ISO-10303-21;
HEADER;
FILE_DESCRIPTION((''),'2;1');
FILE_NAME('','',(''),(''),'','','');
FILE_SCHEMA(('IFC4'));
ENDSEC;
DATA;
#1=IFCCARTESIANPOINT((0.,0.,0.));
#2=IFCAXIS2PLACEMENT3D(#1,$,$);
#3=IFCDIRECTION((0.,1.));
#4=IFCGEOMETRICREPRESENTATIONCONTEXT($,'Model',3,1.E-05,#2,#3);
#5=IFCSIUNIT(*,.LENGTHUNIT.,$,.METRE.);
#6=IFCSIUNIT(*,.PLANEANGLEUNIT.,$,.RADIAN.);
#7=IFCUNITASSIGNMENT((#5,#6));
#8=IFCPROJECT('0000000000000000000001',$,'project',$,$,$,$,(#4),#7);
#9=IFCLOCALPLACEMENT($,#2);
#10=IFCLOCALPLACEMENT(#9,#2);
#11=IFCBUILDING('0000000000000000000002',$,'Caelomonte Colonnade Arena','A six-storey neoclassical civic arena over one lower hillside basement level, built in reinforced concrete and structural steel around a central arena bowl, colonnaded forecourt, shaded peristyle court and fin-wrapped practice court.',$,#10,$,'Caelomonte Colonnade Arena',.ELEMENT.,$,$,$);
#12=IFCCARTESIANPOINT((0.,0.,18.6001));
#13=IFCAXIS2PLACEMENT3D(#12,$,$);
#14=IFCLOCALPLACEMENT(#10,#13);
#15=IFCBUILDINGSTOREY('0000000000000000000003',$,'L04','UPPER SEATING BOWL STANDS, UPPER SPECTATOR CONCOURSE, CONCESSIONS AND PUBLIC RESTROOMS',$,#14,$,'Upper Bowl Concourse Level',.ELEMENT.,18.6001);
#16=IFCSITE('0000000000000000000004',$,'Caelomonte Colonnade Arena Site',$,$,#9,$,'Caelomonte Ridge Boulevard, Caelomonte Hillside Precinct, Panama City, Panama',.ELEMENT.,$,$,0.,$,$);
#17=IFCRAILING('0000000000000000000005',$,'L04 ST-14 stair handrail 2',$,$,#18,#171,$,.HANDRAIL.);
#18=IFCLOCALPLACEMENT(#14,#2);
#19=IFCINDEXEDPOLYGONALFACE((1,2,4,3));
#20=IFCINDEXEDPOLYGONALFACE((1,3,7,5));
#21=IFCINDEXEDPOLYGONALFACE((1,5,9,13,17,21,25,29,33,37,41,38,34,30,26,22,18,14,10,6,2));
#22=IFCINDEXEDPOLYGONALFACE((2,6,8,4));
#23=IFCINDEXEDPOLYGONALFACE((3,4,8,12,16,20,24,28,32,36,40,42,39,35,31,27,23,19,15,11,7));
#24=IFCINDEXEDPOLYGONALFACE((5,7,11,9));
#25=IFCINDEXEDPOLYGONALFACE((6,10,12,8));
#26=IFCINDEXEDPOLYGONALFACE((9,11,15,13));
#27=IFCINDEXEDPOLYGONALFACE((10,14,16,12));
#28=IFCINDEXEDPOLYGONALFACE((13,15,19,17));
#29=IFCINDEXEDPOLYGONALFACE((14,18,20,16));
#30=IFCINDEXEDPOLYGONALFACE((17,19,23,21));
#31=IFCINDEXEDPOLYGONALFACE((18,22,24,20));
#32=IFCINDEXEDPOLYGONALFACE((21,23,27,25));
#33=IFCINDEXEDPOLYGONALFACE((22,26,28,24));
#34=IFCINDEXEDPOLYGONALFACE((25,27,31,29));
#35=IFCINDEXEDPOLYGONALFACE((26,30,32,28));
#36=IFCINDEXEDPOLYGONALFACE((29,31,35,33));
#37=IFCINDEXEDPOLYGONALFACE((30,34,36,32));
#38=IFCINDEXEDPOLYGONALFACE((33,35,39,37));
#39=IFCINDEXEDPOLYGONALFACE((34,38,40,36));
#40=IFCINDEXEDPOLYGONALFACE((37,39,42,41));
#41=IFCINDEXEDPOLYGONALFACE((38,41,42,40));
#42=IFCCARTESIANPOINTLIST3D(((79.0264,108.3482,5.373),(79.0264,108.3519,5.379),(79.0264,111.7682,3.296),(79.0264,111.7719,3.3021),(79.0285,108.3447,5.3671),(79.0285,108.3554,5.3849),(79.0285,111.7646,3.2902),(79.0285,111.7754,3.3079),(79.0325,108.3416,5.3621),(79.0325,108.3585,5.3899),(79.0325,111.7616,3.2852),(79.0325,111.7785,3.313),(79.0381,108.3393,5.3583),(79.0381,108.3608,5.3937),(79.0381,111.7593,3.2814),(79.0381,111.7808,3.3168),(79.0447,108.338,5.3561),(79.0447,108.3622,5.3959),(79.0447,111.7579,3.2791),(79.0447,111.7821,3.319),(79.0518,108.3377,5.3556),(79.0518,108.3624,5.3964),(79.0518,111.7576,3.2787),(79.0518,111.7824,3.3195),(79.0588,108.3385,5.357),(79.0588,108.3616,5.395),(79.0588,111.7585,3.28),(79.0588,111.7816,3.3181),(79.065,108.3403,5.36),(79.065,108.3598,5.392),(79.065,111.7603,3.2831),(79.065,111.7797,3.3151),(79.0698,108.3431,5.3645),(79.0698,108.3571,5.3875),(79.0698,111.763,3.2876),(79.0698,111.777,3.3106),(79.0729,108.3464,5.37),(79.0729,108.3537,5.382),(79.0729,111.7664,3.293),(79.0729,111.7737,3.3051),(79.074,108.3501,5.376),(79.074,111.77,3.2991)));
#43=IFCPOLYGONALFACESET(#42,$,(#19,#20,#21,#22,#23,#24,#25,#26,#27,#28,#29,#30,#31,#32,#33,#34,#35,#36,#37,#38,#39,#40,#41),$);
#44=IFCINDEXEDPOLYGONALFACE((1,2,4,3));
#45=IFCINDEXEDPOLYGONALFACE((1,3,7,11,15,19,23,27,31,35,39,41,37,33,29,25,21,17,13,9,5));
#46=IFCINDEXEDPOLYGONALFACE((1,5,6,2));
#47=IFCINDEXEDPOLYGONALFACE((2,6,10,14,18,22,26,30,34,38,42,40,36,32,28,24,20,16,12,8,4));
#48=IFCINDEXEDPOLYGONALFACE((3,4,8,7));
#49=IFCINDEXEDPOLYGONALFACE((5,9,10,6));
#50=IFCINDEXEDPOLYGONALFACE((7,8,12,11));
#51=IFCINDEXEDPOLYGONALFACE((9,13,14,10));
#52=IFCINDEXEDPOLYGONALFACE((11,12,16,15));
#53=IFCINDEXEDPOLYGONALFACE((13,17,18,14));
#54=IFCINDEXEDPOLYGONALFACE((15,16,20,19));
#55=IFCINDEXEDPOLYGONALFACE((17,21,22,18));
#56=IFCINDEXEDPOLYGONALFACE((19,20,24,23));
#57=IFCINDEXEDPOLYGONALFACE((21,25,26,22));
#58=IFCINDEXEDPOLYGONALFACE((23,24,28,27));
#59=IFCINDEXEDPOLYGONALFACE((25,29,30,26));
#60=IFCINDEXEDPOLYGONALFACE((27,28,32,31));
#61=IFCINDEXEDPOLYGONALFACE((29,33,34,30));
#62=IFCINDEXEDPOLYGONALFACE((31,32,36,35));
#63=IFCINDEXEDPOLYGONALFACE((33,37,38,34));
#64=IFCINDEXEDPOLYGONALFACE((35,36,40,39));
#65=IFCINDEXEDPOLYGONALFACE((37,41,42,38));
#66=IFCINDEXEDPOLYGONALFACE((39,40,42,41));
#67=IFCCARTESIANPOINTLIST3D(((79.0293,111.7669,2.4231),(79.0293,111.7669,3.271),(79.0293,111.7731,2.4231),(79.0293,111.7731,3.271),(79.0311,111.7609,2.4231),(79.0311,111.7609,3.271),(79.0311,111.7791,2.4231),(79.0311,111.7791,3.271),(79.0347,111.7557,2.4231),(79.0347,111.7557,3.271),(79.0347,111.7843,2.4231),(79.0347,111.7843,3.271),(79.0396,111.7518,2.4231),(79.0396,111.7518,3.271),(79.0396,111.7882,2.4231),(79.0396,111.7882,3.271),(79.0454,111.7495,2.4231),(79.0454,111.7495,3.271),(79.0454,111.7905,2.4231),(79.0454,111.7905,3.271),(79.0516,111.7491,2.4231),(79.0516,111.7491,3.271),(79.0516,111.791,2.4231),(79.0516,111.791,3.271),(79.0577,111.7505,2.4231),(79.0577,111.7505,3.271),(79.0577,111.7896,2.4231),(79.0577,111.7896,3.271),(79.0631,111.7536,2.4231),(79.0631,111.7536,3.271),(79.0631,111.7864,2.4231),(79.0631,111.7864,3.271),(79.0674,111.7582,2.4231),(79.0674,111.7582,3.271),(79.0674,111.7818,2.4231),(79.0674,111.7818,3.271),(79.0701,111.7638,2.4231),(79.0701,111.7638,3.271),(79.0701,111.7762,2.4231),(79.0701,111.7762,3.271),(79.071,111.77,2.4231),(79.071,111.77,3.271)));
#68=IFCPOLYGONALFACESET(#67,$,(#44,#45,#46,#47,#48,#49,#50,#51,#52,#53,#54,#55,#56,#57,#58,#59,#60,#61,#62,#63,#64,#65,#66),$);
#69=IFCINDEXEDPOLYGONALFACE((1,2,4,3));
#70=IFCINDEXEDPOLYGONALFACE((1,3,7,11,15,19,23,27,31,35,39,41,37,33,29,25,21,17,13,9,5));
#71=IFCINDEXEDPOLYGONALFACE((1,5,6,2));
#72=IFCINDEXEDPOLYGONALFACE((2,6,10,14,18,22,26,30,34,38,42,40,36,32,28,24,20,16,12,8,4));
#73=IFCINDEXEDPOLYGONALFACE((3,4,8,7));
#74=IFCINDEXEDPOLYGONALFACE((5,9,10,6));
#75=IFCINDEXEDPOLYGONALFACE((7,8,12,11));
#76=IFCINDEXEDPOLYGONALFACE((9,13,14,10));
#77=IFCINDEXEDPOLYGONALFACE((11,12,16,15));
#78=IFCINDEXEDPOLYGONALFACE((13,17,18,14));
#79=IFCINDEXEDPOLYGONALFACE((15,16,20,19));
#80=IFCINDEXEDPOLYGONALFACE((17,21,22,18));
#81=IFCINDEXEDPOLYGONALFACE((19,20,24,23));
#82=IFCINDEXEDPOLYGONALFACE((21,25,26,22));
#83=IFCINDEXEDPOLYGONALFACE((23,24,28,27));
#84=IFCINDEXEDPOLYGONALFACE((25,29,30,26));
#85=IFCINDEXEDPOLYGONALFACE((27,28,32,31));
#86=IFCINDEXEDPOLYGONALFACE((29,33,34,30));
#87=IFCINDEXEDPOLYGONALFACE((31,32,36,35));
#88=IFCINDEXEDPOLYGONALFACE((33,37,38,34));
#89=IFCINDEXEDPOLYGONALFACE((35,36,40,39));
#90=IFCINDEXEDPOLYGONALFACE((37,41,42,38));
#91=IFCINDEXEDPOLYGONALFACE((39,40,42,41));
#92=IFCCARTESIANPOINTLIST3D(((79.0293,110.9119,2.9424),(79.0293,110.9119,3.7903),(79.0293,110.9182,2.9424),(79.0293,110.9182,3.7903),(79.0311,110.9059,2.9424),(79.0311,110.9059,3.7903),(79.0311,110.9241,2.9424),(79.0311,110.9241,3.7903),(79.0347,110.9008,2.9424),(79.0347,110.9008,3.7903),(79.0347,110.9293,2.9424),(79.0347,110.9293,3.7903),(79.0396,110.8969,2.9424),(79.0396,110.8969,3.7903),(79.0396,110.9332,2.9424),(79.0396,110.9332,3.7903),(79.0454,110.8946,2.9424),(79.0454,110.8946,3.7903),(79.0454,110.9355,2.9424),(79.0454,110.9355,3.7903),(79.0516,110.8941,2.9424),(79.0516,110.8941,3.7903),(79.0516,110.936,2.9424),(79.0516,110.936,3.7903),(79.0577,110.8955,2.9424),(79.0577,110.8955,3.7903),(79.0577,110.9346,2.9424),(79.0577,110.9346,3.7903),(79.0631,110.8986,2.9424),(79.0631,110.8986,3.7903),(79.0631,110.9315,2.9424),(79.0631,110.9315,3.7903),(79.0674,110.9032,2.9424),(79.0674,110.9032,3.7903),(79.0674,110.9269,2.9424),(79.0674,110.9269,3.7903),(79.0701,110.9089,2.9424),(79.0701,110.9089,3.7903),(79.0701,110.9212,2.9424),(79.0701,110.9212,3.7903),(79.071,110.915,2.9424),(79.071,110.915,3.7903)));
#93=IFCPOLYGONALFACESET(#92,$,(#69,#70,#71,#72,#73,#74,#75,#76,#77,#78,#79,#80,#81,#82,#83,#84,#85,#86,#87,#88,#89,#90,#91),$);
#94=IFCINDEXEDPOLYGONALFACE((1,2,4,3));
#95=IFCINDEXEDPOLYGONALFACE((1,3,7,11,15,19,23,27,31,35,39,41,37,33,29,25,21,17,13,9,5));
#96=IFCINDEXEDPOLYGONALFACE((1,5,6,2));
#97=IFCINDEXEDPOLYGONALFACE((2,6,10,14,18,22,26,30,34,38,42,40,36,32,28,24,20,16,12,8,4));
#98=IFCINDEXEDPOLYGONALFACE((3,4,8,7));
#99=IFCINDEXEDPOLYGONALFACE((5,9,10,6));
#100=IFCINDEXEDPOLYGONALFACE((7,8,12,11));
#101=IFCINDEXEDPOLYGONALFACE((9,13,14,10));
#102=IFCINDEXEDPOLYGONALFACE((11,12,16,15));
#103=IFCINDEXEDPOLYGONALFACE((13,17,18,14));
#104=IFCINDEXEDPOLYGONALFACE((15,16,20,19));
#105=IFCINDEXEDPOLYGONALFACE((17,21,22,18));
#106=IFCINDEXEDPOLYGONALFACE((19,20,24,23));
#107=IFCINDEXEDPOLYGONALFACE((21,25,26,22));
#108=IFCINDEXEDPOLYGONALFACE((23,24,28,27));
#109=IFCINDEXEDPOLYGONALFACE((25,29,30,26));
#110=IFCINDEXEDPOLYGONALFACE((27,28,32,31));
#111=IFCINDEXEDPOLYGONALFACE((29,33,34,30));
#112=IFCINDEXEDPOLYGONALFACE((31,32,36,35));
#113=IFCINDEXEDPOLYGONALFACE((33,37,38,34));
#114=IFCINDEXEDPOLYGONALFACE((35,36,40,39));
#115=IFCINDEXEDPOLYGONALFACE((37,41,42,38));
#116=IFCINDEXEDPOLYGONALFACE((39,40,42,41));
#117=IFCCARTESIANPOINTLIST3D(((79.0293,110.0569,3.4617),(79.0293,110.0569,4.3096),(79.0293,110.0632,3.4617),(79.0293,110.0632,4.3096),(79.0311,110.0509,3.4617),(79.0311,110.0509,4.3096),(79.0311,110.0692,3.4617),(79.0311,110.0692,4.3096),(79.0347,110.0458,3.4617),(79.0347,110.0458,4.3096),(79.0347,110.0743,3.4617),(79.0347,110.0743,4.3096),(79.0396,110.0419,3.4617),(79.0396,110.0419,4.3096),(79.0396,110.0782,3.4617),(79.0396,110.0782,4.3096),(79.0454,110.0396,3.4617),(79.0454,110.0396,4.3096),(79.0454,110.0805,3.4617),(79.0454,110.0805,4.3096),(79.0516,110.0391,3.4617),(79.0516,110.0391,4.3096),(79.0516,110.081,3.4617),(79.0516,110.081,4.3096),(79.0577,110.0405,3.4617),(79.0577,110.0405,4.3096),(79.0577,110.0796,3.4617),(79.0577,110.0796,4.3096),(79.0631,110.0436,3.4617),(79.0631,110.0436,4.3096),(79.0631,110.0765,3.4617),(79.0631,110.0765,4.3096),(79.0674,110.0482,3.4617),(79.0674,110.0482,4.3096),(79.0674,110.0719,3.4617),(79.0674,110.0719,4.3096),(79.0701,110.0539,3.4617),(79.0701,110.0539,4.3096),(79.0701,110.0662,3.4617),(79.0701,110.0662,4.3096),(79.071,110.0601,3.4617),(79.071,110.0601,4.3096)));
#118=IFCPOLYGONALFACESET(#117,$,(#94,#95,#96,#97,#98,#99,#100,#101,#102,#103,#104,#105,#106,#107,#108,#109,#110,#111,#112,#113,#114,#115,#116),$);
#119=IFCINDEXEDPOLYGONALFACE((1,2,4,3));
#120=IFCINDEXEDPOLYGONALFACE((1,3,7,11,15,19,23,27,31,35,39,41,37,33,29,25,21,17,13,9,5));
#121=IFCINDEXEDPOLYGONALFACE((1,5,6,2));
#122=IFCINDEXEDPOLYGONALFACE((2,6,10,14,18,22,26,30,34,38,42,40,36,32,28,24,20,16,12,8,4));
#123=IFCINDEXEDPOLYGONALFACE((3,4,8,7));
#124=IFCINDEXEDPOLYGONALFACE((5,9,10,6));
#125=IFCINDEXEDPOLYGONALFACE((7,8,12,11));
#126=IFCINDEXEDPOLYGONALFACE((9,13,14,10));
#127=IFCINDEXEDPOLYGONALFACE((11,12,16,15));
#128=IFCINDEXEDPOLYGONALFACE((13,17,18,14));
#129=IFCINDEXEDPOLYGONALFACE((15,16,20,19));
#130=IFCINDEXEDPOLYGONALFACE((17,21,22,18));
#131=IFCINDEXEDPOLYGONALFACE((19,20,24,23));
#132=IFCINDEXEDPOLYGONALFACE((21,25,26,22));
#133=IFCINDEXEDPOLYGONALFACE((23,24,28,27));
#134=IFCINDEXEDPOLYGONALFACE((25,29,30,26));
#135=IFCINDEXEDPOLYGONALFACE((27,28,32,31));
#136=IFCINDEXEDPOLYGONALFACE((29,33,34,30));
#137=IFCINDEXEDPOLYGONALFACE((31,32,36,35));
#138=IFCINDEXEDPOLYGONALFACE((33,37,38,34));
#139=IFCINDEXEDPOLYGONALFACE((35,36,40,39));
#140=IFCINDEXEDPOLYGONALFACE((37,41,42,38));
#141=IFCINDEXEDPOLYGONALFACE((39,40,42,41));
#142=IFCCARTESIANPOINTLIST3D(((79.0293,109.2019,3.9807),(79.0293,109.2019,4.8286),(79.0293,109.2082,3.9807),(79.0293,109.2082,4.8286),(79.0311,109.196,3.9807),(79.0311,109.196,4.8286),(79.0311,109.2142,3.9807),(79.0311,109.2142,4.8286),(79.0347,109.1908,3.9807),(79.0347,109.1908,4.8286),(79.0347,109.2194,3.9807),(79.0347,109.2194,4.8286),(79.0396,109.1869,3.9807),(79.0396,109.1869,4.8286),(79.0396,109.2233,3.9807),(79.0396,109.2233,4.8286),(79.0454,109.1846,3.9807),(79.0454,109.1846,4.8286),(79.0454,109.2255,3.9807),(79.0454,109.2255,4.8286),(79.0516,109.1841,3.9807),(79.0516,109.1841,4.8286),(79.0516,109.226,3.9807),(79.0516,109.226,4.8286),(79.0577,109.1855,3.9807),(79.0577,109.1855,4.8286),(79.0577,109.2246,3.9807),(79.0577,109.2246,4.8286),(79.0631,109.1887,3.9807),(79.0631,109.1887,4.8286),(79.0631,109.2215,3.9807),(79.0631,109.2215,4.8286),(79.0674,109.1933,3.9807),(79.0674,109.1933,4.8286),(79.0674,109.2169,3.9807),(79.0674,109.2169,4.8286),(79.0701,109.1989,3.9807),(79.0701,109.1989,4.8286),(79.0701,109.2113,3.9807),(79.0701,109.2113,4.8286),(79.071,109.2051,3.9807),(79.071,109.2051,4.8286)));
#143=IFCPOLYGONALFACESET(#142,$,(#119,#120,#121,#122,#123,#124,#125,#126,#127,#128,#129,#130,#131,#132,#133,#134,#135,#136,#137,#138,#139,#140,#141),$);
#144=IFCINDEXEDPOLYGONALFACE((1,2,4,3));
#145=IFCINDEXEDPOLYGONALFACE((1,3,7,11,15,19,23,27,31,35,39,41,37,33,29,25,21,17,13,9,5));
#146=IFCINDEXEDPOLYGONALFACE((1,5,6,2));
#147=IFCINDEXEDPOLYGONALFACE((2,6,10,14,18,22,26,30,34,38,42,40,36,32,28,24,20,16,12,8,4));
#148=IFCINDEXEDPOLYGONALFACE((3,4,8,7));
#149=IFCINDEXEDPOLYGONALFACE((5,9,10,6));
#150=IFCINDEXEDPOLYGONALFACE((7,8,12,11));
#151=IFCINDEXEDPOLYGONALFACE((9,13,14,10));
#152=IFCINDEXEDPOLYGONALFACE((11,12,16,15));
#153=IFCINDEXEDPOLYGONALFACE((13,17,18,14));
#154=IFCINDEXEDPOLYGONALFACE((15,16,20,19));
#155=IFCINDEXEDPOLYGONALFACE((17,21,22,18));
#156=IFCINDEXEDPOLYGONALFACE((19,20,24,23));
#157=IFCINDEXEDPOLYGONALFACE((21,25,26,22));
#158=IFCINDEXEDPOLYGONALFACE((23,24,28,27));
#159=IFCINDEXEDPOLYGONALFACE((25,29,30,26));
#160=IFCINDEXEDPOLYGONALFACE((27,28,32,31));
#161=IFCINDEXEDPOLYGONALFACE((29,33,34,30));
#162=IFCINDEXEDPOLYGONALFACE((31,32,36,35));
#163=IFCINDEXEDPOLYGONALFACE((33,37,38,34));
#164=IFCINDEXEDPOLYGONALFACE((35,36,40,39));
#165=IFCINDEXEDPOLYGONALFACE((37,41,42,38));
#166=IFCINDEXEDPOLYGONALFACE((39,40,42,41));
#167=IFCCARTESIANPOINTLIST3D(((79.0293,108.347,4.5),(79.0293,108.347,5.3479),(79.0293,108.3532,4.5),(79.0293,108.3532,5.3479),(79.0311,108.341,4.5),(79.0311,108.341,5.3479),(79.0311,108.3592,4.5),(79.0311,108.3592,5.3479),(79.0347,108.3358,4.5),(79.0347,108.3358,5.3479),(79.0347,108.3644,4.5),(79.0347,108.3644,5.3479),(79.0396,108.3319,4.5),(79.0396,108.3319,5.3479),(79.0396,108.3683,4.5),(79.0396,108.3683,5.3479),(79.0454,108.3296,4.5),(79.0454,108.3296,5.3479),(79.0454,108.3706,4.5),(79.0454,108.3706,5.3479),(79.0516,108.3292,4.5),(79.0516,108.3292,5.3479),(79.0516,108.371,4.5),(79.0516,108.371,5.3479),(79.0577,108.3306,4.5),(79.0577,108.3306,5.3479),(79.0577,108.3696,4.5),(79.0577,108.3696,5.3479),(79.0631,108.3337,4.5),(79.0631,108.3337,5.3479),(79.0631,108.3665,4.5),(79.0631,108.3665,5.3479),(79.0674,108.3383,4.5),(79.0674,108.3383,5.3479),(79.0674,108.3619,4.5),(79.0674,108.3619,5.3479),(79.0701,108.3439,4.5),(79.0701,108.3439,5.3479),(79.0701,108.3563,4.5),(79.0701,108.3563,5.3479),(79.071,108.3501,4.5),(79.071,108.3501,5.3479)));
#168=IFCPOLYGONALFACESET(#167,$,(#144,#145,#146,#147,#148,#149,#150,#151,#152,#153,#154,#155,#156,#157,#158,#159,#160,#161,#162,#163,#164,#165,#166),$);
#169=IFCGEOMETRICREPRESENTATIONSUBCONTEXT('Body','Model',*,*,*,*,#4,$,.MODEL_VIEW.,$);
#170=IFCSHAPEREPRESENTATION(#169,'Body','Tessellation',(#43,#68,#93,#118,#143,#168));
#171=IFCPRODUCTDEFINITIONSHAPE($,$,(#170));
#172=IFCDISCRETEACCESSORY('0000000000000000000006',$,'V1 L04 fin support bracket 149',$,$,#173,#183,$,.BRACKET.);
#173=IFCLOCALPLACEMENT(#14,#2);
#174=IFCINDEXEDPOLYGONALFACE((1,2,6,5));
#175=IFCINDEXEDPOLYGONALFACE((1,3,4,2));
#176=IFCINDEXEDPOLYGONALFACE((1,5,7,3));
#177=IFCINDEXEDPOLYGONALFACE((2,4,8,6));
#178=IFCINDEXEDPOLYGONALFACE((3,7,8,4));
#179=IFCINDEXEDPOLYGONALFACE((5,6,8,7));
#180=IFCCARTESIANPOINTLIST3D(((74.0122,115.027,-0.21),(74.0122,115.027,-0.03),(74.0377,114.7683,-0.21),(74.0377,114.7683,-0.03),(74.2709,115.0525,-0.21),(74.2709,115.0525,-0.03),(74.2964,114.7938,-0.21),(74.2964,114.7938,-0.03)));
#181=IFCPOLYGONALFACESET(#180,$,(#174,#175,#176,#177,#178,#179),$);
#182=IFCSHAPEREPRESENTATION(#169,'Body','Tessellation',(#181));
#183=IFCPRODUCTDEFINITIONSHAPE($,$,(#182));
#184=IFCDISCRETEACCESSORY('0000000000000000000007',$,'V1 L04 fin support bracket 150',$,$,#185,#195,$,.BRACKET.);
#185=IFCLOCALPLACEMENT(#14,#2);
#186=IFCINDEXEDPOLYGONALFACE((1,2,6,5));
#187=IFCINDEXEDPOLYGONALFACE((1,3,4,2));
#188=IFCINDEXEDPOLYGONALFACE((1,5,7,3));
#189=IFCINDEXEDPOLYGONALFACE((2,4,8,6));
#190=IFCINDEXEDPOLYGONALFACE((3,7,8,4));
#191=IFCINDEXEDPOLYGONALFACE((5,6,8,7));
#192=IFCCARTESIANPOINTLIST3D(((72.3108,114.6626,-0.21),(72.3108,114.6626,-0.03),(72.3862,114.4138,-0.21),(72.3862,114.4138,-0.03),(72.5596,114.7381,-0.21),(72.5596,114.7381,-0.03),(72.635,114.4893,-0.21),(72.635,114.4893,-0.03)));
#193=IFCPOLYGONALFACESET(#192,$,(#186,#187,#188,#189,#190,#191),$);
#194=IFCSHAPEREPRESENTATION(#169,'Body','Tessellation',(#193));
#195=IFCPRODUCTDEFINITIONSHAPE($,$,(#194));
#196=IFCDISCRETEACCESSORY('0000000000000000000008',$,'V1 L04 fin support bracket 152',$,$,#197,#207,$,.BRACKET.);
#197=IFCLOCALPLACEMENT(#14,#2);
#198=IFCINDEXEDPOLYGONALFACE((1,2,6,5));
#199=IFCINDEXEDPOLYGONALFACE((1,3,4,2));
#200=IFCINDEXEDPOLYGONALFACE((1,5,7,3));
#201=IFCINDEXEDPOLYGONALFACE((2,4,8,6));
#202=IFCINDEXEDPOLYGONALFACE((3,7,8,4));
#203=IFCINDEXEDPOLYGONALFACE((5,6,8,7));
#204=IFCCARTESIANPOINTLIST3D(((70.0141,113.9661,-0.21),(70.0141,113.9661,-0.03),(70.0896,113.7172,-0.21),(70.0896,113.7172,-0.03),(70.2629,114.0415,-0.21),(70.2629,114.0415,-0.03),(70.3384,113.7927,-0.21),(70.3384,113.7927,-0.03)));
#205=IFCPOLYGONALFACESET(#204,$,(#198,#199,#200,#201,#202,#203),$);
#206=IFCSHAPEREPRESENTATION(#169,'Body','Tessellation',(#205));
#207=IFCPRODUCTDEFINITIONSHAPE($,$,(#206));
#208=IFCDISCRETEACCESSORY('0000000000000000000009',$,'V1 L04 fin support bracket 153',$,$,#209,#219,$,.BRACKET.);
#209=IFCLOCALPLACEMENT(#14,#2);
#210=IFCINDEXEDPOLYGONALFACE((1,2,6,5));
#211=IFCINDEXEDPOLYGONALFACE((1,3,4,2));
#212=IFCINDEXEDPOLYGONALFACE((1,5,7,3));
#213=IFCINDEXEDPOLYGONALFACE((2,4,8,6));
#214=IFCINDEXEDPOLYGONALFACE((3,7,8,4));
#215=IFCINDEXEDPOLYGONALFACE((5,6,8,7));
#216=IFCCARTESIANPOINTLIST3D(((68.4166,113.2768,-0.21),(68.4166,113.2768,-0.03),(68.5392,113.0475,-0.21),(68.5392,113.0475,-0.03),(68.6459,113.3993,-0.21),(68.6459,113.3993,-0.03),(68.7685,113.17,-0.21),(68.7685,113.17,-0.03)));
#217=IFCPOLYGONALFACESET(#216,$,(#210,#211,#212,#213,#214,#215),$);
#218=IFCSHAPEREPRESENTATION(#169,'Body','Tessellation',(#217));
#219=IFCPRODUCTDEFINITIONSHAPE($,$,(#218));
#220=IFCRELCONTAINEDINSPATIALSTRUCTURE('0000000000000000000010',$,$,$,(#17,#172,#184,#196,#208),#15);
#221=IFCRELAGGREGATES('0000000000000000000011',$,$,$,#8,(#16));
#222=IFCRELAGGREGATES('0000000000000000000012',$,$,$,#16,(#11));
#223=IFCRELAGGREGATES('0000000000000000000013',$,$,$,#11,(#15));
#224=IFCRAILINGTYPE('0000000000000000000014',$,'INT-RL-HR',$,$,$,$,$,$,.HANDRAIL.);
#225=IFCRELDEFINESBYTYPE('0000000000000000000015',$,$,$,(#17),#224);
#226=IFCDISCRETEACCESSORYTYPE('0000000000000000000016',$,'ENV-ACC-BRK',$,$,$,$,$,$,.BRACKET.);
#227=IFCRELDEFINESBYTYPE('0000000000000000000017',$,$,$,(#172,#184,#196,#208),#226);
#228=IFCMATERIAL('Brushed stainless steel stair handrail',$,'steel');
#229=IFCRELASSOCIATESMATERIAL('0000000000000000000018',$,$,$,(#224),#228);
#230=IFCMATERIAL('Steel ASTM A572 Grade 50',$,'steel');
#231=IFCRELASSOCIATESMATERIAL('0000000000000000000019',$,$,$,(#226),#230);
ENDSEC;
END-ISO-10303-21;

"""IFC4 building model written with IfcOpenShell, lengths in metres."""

from ifc_helpers import new_model, si_unit, direction, frame, origin, origin_2d, place, context, subcontext, project, spatial, rectangle, circle, extrude, material, type_object, element, save


model = new_model("IFC4")

# Units and contexts
model_context = context("Model", 3, precision=1e-05, world=origin(), true_north=direction((0.0, 1.0)))
body_context = subcontext(model_context, "Body", "Model", "MODEL_VIEW")
ifc_project = project(units=[si_unit("LENGTHUNIT", "METRE"), si_unit("PLANEANGLEUNIT", "RADIAN")], contexts=[model_context])

# Site, building, storey
site_placement = place(None, origin())
site = spatial("IfcSite", under=ifc_project, at=site_placement, Name="Caelomonte Colonnade Arena Site", LongName="Caelomonte Ridge Boulevard, Caelomonte Hillside Precinct, Panama City, Panama", CompositionType="ELEMENT", RefElevation=0.0)
building_placement = place(site_placement, origin())
building = spatial("IfcBuilding", under=site, at=building_placement, Name="Caelomonte Colonnade Arena", Description="A six-storey neoclassical civic arena over one lower hillside basement level, built in reinforced concrete and structural steel around a central arena bowl, colonnaded forecourt, shaded peristyle court and fin-wrapped practice court.", LongName="Caelomonte Colonnade Arena", CompositionType="ELEMENT")
storey_placement = place(building_placement, frame((0.0, 0.0, 18.6001)))
storey = spatial("IfcBuildingStorey", under=building, at=storey_placement, Name="L04", Description="UPPER SEATING BOWL STANDS, UPPER SPECTATOR CONCOURSE, CONCESSIONS AND PUBLIC RESTROOMS", LongName="Upper Bowl Concourse Level", CompositionType="ELEMENT", Elevation=18.6001)

# Railing
ifc_material_1 = material(Name="Brushed stainless steel stair handrail", Category="steel")
railing_type_1 = type_object("IfcRailingType", Name="INT-RL-HR", PredefinedType="HANDRAIL", material=ifc_material_1)
railing_1_placement = place(storey_placement, frame((79.05, 111.77, 2.4231)))
element("IfcRailing", 1, at=railing_1_placement, inside=storey, type_object=railing_type_1, Name="L04 ST-14 stair handrail 2", PredefinedType="HANDRAIL", context=body_context, shape_type="SweptSolid", body=[
    extrude(circle(Radius=0.0239, at=origin_2d()), frame((0.0, 0.0, 0.876), z_axis=(0.0, -0.85473, 0.519074), x_axis=(1.0, 0.0, 0.0)), (0.0, 0.0, 1.0), 4.0012),
    extrude(circle(Radius=0.021, at=origin_2d()), origin(), (0.0, 0.0, 1.0), 0.8479),
    extrude(circle(Radius=0.021, at=origin_2d()), frame((0.0, -0.855, 0.5193)), (0.0, 0.0, 1.0), 0.8479),
    extrude(circle(Radius=0.021, at=origin_2d()), frame((0.0, -1.71, 1.0386)), (0.0, 0.0, 1.0), 0.8479),
    extrude(circle(Radius=0.021, at=origin_2d()), frame((0.0, -2.5649, 1.5576)), (0.0, 0.0, 1.0), 0.8479),
    extrude(circle(Radius=0.021, at=origin_2d()), frame((0.0, -3.4199, 2.0769)), (0.0, 0.0, 1.0), 0.8479),
])

# Discrete accessories
ifc_material_2 = material(Name="Steel ASTM A572 Grade 50", Category="steel")
discrete_accessory_type = type_object("IfcDiscreteAccessoryType", Name="ENV-ACC-BRK", PredefinedType="BRACKET", material=ifc_material_2)
for number, where, z_axis, x_axis, name in (
    (2, (74.1543, 114.9104, -0.21), (0.0, 0.0, 1.0), (-0.995185, -0.098015, 0.0), "V1 L04 fin support bracket 149"),
    (3, (72.4729, 114.5759, -0.21), (0.0, 0.0, 1.0), (-0.956943, -0.290276, 0.0), "V1 L04 fin support bracket 150"),
    (4, (70.1763, 113.8794, -0.21), (0.0, 0.0, 1.0), (-0.956943, -0.290276, 0.0), "V1 L04 fin support bracket 152"),
    (5, (68.5925, 113.2234, -0.21), (0.0, 0.0, 1.0), (-0.881921, -0.471397, 0.0), "V1 L04 fin support bracket 153"),
):
    element("IfcDiscreteAccessory", number, at=place(storey_placement, frame(where, z_axis=z_axis, x_axis=x_axis)), inside=storey, type_object=discrete_accessory_type, Name=name, PredefinedType="BRACKET", context=body_context, shape_type="SweptSolid", body=[
        extrude(rectangle(XDim=0.26, YDim=0.26, at=origin_2d()), origin(), (0.0, 0.0, 1.0), 0.1799),
    ])

save(model, "model.ifc")
